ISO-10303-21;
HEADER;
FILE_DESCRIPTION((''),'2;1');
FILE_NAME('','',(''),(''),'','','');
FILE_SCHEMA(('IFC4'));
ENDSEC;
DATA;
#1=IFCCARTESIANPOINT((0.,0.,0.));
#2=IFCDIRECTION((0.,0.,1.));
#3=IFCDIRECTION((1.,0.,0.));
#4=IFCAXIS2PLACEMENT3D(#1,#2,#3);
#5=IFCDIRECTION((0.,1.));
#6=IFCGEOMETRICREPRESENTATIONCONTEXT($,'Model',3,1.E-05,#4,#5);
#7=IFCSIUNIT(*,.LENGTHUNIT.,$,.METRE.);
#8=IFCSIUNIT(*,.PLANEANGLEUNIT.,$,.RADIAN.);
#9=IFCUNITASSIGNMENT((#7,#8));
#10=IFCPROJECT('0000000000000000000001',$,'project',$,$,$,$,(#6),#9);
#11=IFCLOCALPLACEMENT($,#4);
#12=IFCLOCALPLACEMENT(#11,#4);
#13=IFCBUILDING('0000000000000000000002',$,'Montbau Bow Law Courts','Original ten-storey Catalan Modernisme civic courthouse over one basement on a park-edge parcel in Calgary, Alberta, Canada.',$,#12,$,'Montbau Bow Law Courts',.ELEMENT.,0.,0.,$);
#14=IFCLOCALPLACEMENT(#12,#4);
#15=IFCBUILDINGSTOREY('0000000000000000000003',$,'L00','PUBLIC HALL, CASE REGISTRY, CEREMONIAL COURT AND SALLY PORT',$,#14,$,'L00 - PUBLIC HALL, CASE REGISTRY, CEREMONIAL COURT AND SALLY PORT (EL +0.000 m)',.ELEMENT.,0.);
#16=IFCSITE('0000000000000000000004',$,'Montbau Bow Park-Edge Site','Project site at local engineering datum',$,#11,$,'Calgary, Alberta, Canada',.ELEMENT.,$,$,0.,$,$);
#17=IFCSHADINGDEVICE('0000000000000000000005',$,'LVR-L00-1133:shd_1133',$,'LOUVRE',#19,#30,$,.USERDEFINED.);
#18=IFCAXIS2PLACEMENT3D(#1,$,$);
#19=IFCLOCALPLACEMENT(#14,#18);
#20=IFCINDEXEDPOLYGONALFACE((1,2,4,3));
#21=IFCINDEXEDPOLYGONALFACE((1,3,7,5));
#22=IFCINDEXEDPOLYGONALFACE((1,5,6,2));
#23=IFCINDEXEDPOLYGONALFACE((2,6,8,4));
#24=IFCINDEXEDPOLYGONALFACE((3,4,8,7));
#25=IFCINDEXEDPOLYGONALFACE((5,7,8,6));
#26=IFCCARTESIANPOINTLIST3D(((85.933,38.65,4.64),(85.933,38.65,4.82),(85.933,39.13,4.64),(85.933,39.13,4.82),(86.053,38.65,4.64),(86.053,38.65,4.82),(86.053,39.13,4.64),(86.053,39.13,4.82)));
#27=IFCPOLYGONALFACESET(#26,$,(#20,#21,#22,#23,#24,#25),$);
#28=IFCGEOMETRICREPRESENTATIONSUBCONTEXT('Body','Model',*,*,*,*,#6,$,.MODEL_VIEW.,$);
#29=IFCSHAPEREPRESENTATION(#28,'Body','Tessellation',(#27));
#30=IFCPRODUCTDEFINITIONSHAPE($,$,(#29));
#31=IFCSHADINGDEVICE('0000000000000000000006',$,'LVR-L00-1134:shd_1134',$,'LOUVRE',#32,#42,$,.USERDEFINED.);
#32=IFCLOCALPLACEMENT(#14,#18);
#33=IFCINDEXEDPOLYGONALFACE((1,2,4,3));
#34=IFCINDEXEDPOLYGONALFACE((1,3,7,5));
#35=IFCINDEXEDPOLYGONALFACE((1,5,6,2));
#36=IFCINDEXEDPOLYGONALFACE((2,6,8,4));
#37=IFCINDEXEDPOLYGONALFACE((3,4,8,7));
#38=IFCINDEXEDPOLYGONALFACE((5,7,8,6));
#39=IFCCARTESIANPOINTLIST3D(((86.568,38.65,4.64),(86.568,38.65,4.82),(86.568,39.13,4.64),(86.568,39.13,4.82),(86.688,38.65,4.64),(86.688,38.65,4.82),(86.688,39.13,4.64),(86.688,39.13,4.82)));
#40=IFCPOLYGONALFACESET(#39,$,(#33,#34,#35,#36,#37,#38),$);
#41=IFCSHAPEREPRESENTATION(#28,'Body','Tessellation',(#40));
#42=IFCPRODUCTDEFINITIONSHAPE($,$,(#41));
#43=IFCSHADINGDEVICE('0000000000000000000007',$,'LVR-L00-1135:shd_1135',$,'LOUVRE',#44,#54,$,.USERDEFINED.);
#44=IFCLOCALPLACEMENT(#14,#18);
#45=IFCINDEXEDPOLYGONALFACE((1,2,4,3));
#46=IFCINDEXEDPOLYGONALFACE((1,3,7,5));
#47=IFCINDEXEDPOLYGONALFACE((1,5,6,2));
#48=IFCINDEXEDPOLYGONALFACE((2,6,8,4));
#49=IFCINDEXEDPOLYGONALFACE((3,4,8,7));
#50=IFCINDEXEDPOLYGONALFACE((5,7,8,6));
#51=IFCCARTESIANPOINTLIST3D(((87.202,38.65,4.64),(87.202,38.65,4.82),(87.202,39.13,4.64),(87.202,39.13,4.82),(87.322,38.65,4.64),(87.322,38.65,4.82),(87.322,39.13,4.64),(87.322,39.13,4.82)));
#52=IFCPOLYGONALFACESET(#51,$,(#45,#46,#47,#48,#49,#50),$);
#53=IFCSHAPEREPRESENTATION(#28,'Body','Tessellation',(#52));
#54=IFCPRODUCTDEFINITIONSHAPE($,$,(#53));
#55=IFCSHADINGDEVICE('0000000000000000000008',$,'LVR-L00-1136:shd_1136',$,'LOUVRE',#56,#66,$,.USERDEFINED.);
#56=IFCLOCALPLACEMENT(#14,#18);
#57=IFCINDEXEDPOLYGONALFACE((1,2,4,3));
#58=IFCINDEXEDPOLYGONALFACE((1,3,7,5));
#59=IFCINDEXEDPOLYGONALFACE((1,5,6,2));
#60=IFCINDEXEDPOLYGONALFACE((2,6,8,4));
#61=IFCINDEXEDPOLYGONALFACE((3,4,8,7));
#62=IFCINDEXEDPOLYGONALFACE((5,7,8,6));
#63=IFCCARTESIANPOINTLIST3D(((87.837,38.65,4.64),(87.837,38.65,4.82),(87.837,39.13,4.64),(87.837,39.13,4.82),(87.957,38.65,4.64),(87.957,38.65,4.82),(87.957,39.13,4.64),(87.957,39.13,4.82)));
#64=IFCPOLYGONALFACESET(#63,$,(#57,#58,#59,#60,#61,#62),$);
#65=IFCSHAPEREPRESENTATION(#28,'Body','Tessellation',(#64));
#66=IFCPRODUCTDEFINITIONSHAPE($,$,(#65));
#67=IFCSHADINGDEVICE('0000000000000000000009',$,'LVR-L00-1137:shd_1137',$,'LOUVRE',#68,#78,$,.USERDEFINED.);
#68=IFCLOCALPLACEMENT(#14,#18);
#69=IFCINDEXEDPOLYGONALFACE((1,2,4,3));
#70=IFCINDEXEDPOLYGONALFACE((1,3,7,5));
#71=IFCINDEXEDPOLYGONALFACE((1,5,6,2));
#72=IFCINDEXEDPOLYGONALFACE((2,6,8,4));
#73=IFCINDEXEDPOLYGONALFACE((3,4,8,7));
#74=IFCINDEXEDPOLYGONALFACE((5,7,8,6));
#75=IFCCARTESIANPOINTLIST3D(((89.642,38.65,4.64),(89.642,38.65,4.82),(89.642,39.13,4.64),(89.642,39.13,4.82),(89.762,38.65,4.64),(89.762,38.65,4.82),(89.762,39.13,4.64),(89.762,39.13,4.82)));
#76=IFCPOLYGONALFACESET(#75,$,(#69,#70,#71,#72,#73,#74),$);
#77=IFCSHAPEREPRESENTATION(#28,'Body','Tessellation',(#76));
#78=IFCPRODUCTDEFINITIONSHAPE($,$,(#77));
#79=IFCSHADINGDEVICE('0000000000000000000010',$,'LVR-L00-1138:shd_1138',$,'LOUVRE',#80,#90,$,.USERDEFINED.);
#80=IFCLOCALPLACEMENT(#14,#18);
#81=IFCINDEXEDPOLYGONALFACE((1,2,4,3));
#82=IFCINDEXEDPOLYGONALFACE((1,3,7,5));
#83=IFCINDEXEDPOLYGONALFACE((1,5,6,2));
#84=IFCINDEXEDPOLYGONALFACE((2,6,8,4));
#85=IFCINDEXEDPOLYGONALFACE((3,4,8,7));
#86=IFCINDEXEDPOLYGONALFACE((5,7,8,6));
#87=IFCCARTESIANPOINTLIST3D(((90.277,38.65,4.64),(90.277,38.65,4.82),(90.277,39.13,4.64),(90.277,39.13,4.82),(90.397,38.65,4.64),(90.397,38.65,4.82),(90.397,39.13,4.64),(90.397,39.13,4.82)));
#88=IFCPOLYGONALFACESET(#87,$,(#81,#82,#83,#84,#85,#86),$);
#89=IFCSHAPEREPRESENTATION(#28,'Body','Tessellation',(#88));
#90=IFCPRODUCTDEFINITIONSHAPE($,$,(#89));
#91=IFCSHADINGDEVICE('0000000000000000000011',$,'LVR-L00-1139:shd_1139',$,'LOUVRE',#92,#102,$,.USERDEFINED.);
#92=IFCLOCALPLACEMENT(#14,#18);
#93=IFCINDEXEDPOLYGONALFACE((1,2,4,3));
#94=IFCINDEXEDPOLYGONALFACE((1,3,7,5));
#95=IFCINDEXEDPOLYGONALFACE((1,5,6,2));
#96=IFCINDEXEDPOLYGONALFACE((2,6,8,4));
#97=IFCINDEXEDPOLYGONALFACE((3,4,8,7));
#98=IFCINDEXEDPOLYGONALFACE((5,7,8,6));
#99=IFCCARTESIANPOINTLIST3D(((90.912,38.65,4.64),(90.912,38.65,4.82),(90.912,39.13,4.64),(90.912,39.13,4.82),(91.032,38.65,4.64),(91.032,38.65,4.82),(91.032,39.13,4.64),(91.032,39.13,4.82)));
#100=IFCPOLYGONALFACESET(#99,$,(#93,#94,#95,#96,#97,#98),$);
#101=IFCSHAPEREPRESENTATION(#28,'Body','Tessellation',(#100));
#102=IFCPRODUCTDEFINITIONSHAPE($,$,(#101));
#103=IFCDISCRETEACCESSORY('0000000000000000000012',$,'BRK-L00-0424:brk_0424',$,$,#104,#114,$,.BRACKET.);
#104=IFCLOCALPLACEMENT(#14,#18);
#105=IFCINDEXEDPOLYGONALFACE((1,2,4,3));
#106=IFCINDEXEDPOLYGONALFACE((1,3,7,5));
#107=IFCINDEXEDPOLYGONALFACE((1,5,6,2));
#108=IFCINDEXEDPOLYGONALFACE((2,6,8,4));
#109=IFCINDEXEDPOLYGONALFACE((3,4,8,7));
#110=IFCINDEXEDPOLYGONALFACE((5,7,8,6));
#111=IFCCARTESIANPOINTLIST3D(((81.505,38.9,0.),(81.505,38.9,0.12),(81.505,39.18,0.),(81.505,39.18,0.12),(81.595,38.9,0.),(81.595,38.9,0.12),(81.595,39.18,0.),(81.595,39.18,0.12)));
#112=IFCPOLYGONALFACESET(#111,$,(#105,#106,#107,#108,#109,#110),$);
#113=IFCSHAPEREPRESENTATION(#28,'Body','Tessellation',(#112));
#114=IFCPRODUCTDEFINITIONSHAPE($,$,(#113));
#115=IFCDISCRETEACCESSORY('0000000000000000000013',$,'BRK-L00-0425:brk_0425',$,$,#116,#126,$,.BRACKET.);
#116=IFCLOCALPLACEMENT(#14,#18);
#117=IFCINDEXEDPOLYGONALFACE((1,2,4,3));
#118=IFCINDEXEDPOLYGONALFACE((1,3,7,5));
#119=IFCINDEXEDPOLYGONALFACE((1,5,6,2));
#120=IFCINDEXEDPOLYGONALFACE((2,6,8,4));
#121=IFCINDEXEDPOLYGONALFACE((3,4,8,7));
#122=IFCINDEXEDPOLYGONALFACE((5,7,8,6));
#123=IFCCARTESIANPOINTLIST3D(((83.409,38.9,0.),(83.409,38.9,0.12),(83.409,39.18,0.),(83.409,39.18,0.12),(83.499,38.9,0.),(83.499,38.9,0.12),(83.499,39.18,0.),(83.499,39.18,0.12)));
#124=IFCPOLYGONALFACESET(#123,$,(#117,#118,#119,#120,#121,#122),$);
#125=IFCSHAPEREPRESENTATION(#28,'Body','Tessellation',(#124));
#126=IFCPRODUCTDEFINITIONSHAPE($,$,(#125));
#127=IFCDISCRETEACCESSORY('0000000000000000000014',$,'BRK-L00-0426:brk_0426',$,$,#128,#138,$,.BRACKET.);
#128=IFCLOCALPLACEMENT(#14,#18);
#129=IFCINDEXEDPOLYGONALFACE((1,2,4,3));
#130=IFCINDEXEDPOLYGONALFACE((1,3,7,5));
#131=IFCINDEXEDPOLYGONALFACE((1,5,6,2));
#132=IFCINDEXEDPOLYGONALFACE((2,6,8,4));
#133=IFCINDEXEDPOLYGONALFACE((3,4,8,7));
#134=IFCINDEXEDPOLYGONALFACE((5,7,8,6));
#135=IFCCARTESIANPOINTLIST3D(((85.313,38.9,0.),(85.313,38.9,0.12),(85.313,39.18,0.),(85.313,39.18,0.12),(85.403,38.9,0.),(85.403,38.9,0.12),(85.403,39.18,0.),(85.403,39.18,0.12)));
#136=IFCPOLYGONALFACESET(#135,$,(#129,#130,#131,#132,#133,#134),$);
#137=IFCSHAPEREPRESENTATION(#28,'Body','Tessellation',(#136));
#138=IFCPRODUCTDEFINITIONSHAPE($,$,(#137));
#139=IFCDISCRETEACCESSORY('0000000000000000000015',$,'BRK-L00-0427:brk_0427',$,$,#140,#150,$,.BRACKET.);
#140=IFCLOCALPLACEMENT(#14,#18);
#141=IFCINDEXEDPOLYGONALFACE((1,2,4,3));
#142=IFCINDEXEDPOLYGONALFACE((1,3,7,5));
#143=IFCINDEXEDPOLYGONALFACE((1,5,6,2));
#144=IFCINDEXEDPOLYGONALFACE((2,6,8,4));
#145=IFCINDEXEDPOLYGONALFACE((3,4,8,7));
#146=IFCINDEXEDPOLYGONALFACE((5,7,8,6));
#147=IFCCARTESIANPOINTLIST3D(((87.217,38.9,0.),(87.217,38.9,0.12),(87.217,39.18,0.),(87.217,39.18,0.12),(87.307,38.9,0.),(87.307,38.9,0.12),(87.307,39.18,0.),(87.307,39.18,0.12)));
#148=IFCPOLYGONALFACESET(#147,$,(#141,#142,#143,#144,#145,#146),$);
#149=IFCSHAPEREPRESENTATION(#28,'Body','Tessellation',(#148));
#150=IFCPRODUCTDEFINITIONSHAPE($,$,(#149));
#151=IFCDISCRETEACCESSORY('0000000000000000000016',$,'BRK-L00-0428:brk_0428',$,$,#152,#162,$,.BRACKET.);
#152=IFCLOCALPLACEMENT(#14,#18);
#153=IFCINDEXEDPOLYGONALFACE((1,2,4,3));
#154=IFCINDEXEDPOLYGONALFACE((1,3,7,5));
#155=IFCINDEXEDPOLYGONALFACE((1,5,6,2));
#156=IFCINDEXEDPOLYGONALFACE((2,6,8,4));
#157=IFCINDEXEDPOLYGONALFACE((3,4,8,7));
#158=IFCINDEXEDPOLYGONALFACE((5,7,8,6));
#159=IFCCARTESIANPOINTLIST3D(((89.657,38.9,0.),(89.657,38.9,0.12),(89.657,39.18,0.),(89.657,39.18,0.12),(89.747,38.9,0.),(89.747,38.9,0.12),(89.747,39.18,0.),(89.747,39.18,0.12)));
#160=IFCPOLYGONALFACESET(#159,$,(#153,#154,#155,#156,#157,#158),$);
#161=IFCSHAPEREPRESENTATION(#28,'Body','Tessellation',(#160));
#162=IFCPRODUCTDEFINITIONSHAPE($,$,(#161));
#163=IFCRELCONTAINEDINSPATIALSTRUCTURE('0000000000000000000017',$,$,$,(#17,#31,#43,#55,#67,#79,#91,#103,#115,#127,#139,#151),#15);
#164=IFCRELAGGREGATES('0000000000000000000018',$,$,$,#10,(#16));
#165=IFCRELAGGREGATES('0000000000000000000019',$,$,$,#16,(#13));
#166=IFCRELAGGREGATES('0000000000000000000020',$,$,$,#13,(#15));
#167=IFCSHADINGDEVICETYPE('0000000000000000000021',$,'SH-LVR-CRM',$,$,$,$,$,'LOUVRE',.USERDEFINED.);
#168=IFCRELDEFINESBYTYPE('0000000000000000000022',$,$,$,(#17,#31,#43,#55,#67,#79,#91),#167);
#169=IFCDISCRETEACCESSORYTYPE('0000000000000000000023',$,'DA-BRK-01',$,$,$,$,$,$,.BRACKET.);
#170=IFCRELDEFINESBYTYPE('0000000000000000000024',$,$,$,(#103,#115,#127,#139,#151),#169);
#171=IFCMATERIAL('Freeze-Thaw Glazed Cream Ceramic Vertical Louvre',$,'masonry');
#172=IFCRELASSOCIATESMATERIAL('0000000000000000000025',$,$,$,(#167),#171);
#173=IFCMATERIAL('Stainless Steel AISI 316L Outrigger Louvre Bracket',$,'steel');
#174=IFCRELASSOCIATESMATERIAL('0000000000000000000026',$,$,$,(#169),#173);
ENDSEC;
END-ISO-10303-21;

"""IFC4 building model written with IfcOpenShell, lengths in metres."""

from ifc_helpers import new_model, si_unit, direction, frame, origin_with_axes, origin_2d_with_axis, place, context, subcontext, project, spatial, rectangle, extrude, material, type_object, element, save


model = new_model("IFC4")

# Units and contexts
model_context = context("Model", 3, precision=1e-05, world=origin_with_axes(), true_north=direction((0.0, 1.0)))
body_context = subcontext(model_context, "Body", "Model", "MODEL_VIEW")
ifc_project = project(units=[si_unit("LENGTHUNIT", "METRE"), si_unit("PLANEANGLEUNIT", "RADIAN")], contexts=[model_context])

# Site, building, storey
site_placement = place(None, origin_with_axes())
site = spatial("IfcSite", under=ifc_project, at=site_placement, Name="Montbau Bow Park-Edge Site", Description="Project site at local engineering datum", LongName="Calgary, Alberta, Canada", CompositionType="ELEMENT", RefElevation=0.0)
building_placement = place(site_placement, origin_with_axes())
building = spatial("IfcBuilding", under=site, at=building_placement, Name="Montbau Bow Law Courts", Description="Original ten-storey Catalan Modernisme civic courthouse over one basement on a park-edge parcel in Calgary, Alberta, Canada.", LongName="Montbau Bow Law Courts", CompositionType="ELEMENT", ElevationOfRefHeight=0.0, ElevationOfTerrain=0.0)
storey_placement = place(building_placement, origin_with_axes())
storey = spatial("IfcBuildingStorey", under=building, at=storey_placement, Name="L00", Description="PUBLIC HALL, CASE REGISTRY, CEREMONIAL COURT AND SALLY PORT", LongName="L00 - PUBLIC HALL, CASE REGISTRY, CEREMONIAL COURT AND SALLY PORT (EL +0.000 m)", CompositionType="ELEMENT", Elevation=0.0)

# Shading devices
ifc_material_1 = material(Name="Freeze-Thaw Glazed Cream Ceramic Vertical Louvre", Category="masonry")
shading_device_type = type_object("IfcShadingDeviceType", Name="SH-LVR-CRM", ElementType="LOUVRE", PredefinedType="USERDEFINED", material=ifc_material_1)
for number, where, z_axis, x_axis, name in (
    (1, (85.993, 38.89, 4.64), (0.0, 0.0, 1.0), (0.0, -1.0, 0.0), "LVR-L00-1133:shd_1133"),
    (2, (86.628, 38.89, 4.64), (0.0, 0.0, 1.0), (0.0, -1.0, 0.0), "LVR-L00-1134:shd_1134"),
    (3, (87.262, 38.89, 4.64), (0.0, 0.0, 1.0), (0.0, -1.0, 0.0), "LVR-L00-1135:shd_1135"),
    (4, (87.897, 38.89, 4.64), (0.0, 0.0, 1.0), (0.0, -1.0, 0.0), "LVR-L00-1136:shd_1136"),
    (5, (89.702, 38.89, 4.64), (0.0, 0.0, 1.0), (0.0, -1.0, 0.0), "LVR-L00-1137:shd_1137"),
    (6, (90.337, 38.89, 4.64), (0.0, 0.0, 1.0), (0.0, -1.0, 0.0), "LVR-L00-1138:shd_1138"),
    (7, (90.972, 38.89, 4.64), (0.0, 0.0, 1.0), (0.0, -1.0, 0.0), "LVR-L00-1139:shd_1139"),
):
    element("IfcShadingDevice", number, at=place(None, frame(where, z_axis=z_axis, x_axis=x_axis)), inside=storey, type_object=shading_device_type, Name=name, ObjectType="LOUVRE", PredefinedType="USERDEFINED", context=body_context, shape_type="SweptSolid", body=[
        extrude(rectangle(XDim=0.48, YDim=0.12, at=origin_2d_with_axis()), origin_with_axes(), (0.0, 0.0, 1.0), 0.18),
    ])

# Discrete accessories
ifc_material_2 = material(Name="Stainless Steel AISI 316L Outrigger Louvre Bracket", Category="steel")
discrete_accessory_type = type_object("IfcDiscreteAccessoryType", Name="DA-BRK-01", PredefinedType="BRACKET", material=ifc_material_2)
for number, where, z_axis, x_axis, name in (
    (8, (81.55, 39.04, 0.0), (0.0, 0.0, 1.0), (0.0, -1.0, 0.0), "BRK-L00-0424:brk_0424"),
    (9, (83.454, 39.04, 0.0), (0.0, 0.0, 1.0), (0.0, -1.0, 0.0), "BRK-L00-0425:brk_0425"),
    (10, (85.358, 39.04, 0.0), (0.0, 0.0, 1.0), (0.0, -1.0, 0.0), "BRK-L00-0426:brk_0426"),
    (11, (87.262, 39.04, 0.0), (0.0, 0.0, 1.0), (0.0, -1.0, 0.0), "BRK-L00-0427:brk_0427"),
    (12, (89.702, 39.04, 0.0), (0.0, 0.0, 1.0), (0.0, -1.0, 0.0), "BRK-L00-0428:brk_0428"),
):
    element("IfcDiscreteAccessory", number, at=place(None, frame(where, z_axis=z_axis, x_axis=x_axis)), inside=storey, type_object=discrete_accessory_type, Name=name, PredefinedType="BRACKET", context=body_context, shape_type="SweptSolid", body=[
        extrude(rectangle(XDim=0.28, YDim=0.09, at=origin_2d_with_axis()), origin_with_axes(), (0.0, 0.0, 1.0), 0.12),
    ])

save(model, "model.ifc")
